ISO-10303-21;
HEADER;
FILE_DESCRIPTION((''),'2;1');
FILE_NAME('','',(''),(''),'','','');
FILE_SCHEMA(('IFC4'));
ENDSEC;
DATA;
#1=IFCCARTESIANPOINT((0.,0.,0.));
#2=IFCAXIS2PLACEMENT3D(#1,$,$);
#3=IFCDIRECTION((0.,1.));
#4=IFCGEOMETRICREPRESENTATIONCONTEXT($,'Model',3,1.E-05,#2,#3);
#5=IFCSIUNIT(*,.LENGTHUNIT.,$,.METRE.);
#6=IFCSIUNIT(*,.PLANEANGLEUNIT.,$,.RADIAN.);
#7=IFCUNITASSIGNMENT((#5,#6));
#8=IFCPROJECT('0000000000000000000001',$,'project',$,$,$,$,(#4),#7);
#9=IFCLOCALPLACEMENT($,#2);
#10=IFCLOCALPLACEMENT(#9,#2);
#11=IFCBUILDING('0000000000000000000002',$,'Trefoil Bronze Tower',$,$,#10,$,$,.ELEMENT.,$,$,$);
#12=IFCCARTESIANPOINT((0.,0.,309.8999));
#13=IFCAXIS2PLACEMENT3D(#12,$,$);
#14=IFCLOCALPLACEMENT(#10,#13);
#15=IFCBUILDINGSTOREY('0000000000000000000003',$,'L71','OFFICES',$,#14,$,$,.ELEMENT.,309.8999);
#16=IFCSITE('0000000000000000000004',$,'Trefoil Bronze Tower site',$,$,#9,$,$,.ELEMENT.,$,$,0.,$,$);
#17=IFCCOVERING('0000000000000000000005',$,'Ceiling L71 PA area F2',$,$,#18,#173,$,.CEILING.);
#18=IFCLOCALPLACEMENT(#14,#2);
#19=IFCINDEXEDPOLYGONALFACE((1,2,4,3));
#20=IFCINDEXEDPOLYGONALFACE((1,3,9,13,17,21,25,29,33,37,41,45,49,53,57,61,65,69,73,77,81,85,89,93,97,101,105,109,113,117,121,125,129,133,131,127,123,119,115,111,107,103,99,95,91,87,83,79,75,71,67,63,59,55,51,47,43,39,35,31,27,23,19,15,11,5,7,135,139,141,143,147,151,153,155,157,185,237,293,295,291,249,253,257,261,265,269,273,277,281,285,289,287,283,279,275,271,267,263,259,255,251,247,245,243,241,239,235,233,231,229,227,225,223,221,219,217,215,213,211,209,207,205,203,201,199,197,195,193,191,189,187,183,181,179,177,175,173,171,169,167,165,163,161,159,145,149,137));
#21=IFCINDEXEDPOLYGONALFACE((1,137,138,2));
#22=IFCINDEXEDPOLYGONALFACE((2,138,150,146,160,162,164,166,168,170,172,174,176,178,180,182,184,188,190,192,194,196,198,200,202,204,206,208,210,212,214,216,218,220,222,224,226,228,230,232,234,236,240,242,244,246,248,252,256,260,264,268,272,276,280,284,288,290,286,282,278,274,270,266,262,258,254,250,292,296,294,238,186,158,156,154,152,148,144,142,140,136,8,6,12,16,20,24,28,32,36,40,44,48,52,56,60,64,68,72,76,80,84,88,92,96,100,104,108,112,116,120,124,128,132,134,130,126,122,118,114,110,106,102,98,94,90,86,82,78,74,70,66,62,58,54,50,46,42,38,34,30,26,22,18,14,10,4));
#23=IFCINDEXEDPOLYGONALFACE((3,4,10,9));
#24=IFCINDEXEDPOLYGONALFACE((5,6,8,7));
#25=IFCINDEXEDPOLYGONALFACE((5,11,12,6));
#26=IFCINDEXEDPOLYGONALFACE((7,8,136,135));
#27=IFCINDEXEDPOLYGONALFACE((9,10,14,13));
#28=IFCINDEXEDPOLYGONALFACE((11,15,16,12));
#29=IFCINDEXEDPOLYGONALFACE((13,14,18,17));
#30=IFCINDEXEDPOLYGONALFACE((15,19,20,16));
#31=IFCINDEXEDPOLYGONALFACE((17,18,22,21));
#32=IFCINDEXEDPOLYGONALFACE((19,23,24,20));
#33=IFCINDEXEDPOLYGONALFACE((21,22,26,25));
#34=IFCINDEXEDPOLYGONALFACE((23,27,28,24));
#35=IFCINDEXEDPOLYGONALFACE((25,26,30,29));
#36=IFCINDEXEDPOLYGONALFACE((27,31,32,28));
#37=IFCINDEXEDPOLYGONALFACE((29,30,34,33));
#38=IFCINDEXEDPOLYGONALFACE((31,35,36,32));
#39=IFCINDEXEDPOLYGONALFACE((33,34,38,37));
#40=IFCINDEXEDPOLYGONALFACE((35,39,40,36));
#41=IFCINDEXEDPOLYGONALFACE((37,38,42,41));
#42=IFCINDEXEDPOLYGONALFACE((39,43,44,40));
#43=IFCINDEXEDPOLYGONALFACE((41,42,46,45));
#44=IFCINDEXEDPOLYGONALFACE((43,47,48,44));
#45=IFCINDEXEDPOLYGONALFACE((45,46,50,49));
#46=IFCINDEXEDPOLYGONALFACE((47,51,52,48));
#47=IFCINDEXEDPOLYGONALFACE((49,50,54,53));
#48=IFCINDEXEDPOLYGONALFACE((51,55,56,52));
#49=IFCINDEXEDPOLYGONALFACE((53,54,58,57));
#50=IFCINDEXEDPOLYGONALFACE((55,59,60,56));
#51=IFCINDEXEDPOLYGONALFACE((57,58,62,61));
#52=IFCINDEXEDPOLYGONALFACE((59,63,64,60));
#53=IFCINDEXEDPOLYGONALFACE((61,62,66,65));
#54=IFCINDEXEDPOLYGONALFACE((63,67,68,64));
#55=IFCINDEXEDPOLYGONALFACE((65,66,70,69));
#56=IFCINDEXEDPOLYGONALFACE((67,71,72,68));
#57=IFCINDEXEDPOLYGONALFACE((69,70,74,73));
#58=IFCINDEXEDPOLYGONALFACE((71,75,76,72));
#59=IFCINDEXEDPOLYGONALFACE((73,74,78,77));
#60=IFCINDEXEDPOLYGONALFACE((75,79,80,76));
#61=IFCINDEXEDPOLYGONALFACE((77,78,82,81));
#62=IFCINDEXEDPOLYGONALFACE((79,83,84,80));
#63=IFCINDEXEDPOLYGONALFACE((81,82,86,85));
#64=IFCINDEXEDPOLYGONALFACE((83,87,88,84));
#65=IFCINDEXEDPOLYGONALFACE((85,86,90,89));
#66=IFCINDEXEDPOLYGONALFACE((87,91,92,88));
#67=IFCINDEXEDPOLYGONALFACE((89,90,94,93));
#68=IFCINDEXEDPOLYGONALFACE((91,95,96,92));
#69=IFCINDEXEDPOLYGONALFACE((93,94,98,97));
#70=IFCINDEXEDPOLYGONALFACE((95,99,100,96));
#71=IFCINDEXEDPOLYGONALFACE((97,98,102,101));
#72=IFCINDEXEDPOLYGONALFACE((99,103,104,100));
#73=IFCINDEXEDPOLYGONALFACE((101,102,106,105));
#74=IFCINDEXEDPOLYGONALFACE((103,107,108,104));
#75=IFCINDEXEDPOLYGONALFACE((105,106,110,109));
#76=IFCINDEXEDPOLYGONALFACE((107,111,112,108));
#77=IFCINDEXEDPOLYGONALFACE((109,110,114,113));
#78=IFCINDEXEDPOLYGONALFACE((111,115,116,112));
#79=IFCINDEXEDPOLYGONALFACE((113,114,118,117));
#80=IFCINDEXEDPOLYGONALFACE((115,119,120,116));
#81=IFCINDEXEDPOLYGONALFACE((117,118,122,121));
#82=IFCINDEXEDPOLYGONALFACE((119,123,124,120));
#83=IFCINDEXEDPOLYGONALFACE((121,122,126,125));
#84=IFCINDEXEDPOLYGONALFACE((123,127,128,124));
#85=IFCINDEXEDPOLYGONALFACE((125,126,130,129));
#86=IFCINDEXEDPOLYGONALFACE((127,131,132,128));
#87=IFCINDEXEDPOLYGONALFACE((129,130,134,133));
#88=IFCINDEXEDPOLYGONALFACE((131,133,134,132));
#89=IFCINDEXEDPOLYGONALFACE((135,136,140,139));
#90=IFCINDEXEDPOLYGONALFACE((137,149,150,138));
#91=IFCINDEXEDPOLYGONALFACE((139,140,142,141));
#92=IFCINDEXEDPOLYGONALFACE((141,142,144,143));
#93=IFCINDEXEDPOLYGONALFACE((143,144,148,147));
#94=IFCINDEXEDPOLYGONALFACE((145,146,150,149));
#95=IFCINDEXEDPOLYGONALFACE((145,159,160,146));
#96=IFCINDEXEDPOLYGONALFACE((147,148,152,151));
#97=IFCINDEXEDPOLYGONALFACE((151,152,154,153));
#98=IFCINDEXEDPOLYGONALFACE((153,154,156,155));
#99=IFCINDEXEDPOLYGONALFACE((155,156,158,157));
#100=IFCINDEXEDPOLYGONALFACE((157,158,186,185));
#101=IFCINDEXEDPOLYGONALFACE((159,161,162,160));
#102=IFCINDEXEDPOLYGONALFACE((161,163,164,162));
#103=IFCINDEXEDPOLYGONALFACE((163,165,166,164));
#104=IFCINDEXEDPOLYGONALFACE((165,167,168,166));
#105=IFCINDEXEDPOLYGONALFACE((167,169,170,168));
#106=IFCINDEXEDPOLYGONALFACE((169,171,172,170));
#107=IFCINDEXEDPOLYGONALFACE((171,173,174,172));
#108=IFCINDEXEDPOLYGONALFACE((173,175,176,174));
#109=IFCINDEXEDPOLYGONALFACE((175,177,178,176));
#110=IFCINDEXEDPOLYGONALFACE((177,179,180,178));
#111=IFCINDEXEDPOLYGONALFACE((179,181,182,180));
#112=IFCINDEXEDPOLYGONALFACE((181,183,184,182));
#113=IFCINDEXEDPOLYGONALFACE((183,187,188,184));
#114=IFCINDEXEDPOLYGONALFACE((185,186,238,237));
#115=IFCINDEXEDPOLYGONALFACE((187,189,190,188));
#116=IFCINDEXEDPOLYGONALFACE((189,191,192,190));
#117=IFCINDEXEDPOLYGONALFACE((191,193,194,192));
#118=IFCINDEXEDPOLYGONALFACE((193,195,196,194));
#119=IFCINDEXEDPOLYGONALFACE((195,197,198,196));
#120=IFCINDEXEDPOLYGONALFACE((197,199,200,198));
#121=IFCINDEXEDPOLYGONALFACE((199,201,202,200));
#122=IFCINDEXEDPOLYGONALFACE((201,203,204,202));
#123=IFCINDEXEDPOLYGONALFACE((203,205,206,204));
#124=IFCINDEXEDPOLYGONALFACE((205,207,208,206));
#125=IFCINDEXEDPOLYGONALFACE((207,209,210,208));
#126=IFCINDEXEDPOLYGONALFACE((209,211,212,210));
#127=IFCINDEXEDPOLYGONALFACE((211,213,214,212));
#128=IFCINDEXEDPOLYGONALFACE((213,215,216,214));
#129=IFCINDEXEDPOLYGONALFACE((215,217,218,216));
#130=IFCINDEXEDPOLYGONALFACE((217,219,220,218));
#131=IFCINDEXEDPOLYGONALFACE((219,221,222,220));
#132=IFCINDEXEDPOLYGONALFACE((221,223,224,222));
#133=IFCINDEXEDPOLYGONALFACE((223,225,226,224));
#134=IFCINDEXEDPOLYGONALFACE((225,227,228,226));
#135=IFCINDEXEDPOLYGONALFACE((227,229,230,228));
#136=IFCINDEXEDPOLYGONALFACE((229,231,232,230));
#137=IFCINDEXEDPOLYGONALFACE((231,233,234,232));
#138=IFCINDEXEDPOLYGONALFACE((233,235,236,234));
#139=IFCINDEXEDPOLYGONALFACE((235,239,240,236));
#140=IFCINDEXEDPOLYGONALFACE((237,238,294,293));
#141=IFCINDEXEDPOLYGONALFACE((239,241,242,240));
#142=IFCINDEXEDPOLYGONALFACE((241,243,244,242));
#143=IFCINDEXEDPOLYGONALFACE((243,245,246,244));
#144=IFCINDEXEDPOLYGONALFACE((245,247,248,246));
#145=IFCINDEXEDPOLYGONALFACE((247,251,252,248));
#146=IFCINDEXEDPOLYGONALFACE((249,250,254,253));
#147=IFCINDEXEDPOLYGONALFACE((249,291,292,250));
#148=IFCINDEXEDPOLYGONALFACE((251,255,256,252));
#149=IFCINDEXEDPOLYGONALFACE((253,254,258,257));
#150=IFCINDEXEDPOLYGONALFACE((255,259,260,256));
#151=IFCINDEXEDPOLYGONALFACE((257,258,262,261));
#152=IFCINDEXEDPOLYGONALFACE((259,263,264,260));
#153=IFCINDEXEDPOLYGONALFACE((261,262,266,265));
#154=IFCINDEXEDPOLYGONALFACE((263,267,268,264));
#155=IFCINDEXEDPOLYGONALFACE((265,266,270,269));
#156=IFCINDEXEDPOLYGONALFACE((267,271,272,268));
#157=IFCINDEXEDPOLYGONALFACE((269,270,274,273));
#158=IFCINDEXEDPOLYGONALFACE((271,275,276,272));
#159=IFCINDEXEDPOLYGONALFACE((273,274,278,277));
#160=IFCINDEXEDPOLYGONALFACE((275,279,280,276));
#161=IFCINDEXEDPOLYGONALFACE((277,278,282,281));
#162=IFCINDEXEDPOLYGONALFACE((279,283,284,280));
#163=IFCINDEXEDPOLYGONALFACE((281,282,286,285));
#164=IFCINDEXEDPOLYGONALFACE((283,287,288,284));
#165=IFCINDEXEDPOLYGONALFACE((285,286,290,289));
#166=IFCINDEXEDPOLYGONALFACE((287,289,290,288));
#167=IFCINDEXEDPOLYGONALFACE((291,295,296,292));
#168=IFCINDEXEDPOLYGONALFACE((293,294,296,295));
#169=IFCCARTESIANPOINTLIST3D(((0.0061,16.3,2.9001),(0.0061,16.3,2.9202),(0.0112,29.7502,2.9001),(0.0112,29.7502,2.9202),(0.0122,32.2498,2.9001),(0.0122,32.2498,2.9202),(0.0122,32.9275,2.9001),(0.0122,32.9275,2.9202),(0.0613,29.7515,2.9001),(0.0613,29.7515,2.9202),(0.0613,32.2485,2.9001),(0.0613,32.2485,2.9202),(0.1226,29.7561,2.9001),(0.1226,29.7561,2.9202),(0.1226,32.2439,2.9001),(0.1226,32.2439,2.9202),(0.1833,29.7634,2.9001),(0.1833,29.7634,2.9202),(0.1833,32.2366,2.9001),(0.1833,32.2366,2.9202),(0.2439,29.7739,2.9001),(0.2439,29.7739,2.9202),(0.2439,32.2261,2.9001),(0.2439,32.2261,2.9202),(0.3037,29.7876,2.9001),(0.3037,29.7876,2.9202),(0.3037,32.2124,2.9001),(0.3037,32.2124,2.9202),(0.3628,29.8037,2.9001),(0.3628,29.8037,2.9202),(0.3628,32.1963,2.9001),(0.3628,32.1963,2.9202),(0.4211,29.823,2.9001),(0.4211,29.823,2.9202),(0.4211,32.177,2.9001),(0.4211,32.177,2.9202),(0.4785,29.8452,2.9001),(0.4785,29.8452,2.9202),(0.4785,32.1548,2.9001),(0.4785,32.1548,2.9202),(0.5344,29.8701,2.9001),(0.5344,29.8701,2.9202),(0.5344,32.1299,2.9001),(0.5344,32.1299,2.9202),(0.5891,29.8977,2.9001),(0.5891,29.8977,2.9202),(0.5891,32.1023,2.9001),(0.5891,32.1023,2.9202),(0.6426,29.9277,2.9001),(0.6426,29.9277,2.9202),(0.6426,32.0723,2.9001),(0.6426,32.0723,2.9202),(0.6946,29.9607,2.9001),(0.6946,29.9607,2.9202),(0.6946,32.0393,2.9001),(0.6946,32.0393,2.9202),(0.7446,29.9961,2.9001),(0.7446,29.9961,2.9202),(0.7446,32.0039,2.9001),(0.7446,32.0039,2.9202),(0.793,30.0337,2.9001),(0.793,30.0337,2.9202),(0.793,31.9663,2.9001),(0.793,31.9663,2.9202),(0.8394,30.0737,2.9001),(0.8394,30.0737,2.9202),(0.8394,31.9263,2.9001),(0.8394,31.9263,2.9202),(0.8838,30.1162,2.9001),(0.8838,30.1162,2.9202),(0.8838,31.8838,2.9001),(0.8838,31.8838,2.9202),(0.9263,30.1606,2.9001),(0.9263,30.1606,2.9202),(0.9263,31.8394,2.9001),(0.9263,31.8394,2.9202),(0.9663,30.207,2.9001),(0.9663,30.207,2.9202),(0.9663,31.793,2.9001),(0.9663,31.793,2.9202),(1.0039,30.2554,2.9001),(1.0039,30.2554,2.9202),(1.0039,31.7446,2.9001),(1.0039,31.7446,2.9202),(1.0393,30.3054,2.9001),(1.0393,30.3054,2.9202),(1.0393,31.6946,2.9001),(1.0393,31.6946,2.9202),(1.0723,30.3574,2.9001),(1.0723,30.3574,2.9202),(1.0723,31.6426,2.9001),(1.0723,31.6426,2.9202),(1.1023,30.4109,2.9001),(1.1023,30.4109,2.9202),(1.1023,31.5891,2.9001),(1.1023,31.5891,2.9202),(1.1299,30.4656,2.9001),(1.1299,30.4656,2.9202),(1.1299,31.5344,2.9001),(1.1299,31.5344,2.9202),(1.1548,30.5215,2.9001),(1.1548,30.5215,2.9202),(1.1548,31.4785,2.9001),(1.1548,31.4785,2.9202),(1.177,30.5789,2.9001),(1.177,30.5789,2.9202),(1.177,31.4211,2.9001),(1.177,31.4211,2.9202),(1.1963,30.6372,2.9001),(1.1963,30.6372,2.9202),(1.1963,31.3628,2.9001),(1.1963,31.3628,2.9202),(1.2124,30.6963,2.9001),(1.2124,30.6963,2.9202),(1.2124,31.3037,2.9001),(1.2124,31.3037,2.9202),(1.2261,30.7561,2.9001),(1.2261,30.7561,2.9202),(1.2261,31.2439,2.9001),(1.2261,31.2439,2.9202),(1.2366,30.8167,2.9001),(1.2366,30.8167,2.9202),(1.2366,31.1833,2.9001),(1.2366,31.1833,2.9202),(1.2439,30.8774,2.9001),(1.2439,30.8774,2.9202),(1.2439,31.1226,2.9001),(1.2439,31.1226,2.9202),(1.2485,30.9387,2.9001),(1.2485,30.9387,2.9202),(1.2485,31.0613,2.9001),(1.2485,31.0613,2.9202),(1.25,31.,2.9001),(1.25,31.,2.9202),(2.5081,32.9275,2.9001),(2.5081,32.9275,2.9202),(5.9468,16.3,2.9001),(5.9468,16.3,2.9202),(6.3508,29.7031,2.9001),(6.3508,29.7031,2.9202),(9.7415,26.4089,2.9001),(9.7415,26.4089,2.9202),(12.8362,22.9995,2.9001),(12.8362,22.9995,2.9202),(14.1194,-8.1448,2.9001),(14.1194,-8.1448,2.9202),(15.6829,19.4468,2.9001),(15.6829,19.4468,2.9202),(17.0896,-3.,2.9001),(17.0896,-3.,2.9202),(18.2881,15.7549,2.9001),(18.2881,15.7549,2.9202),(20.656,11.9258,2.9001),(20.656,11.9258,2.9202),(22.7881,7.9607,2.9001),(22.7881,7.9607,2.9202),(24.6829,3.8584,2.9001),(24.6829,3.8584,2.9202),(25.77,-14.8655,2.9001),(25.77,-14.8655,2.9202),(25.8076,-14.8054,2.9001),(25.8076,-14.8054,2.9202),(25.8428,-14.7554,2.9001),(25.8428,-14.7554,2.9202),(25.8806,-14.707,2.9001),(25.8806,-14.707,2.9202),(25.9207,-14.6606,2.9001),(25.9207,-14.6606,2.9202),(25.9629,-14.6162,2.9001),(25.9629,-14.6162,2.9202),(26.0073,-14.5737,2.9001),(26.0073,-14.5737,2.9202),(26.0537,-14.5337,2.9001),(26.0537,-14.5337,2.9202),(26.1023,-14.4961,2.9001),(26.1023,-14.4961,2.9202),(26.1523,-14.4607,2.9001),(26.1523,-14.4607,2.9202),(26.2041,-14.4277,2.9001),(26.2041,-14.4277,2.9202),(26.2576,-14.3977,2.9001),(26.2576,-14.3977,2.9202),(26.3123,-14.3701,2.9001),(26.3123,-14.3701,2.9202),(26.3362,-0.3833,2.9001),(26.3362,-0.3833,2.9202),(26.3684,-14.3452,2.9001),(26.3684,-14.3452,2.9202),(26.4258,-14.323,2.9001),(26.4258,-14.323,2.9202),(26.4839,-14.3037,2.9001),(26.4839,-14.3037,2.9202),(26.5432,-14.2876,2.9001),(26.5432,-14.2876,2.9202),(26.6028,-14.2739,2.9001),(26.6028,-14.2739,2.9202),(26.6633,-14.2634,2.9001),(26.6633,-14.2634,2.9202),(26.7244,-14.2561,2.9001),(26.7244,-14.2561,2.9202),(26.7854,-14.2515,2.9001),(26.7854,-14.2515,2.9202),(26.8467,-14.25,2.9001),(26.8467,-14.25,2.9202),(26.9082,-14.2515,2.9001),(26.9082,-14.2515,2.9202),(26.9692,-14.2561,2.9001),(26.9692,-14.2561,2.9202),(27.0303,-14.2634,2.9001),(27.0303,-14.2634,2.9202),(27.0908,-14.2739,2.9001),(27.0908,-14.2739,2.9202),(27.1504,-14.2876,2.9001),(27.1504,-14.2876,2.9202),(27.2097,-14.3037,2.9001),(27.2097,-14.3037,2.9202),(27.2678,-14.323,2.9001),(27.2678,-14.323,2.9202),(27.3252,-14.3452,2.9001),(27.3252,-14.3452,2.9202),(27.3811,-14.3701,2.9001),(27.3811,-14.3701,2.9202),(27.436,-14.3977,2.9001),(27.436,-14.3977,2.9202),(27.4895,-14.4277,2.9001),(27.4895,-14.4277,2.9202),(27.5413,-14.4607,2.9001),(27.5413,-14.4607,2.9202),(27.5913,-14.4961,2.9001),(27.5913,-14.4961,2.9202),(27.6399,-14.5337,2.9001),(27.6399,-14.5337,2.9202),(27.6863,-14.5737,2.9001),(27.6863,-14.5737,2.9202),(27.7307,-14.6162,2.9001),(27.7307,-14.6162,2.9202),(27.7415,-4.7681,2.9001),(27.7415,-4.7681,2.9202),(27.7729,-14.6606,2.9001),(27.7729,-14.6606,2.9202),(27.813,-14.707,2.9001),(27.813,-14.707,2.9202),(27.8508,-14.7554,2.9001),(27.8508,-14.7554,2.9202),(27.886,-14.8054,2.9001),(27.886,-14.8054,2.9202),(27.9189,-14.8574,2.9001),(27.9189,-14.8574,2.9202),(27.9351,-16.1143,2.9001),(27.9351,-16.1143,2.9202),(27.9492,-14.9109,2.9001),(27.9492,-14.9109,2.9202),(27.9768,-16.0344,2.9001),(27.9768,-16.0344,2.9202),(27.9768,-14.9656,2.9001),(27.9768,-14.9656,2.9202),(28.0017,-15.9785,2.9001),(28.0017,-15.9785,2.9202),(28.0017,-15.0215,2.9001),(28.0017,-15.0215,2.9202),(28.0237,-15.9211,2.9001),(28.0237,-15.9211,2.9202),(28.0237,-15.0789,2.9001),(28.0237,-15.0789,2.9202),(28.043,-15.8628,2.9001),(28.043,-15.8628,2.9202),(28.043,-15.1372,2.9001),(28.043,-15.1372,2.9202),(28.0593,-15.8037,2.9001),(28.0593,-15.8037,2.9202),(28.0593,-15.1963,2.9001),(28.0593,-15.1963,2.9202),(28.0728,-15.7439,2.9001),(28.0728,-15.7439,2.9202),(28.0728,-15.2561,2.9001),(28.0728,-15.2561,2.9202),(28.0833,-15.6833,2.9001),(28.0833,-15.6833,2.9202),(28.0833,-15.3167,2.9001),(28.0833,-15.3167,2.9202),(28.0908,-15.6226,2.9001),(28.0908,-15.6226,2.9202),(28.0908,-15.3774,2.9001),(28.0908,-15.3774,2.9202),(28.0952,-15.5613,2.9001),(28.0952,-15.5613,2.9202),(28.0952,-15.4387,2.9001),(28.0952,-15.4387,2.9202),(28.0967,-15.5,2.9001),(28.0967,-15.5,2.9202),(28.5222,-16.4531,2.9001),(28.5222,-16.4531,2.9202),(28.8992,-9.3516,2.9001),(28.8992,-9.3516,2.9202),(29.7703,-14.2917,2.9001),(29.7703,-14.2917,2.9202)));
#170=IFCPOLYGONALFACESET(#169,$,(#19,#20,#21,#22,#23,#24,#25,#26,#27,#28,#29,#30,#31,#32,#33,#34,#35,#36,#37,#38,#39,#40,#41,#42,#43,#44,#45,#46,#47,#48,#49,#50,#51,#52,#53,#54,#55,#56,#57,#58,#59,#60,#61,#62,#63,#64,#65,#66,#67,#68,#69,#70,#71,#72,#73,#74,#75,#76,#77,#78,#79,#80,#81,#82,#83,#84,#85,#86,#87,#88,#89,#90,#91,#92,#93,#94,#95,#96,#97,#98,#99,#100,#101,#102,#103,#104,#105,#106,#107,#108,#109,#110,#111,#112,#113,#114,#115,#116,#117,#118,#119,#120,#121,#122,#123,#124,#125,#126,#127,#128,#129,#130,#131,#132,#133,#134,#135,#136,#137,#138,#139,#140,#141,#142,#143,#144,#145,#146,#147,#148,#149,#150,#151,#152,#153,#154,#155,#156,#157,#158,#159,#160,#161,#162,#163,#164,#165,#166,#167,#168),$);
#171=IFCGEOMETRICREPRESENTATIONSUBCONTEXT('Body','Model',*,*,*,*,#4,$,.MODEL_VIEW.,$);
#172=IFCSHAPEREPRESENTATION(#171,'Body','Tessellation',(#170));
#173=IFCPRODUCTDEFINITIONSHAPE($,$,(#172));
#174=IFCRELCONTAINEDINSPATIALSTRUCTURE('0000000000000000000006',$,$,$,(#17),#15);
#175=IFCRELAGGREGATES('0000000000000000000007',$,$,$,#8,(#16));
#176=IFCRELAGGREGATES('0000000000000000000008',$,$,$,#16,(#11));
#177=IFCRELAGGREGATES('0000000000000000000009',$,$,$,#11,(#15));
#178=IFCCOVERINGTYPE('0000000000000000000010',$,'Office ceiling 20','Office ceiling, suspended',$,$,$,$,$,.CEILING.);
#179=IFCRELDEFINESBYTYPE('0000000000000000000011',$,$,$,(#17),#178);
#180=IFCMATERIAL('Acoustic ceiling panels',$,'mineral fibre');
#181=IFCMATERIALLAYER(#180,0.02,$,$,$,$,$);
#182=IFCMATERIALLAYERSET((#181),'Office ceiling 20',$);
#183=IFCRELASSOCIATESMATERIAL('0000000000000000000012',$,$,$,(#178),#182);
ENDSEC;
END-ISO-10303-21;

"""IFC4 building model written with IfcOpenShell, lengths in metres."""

from ifc_helpers import new_model, si_unit, direction, frame, origin, place, context, subcontext, project, spatial, polyline, outline, extrude, material, layer, layer_set, type_object, element, save


model = new_model("IFC4")

# Units and contexts
model_context = context("Model", 3, precision=1e-05, world=origin(), true_north=direction((0.0, 1.0)))
body_context = subcontext(model_context, "Body", "Model", "MODEL_VIEW")
ifc_project = project(units=[si_unit("LENGTHUNIT", "METRE"), si_unit("PLANEANGLEUNIT", "RADIAN")], contexts=[model_context])

# Site, building, storey
site_placement = place(None, origin())
site = spatial("IfcSite", under=ifc_project, at=site_placement, Name="Trefoil Bronze Tower site", CompositionType="ELEMENT", RefElevation=0.0)
building_placement = place(site_placement, origin())
building = spatial("IfcBuilding", under=site, at=building_placement, Name="Trefoil Bronze Tower", CompositionType="ELEMENT")
storey_placement = place(building_placement, frame((0.0, 0.0, 309.8999)))
storey = spatial("IfcBuildingStorey", under=building, at=storey_placement, Name="L71", Description="OFFICES", CompositionType="ELEMENT", Elevation=309.8999)

# Covering
ifc_material_1 = material(Name="Acoustic ceiling panels", Category="mineral fibre")
ifc_layer_1 = layer(ifc_material_1, 0.02)
ifc_layer_set_1 = layer_set([ifc_layer_1], Name="Office ceiling 20")
covering_type_1 = type_object("IfcCoveringType", Name="Office ceiling 20", Description="Office ceiling, suspended", PredefinedType="CEILING", material=ifc_layer_set_1)
covering_1_placement = place(storey_placement, frame((0.0, 0.0, 2.9001)))
element("IfcCovering", 1, at=covering_1_placement, inside=storey, type_object=covering_type_1, Name="Ceiling L71 PA area F2", PredefinedType="CEILING", context=body_context, shape_type="SweptSolid", body=[
    extrude(outline(polyline([(9.7415, 26.4089), (12.8362, 22.9995), (15.6829, 19.4468), (18.2881, 15.7549), (20.656, 11.9258), (22.7881, 7.9607), (24.6829, 3.8584), (26.3362, -0.3833), (27.7415, -4.7681), (28.8992, -9.3516), (29.7703, -14.2917), (28.5222, -16.4531), (27.9351, -16.1143), (27.9768, -16.0344), (28.0017, -15.9785), (28.0237, -15.9211), (28.043, -15.8628), (28.0593, -15.8037), (28.0728, -15.7439), (28.0833, -15.6833), (28.0908, -15.6226), (28.0952, -15.5613), (28.0967, -15.5), (28.0952, -15.4387), (28.0908, -15.3774), (28.0833, -15.3167), (28.0728, -15.2561), (28.0593, -15.1963), (28.043, -15.1372), (28.0237, -15.0789), (28.0017, -15.0215), (27.9768, -14.9656), (27.9492, -14.9109), (27.9189, -14.8574), (27.886, -14.8054), (27.8508, -14.7554), (27.813, -14.707), (27.7729, -14.6606), (27.7307, -14.6162), (27.6863, -14.5737), (27.6399, -14.5337), (27.5913, -14.4961), (27.5413, -14.4607), (27.4895, -14.4277), (27.436, -14.3977), (27.3811, -14.3701), (27.3252, -14.3452), (27.2678, -14.323), (27.2097, -14.3037), (27.1504, -14.2876), (27.0908, -14.2739), (27.0303, -14.2634), (26.9692, -14.2561), (26.9082, -14.2515), (26.8467, -14.25), (26.7854, -14.2515), (26.7244, -14.2561), (26.6633, -14.2634), (26.6028, -14.2739), (26.5432, -14.2876), (26.4839, -14.3037), (26.4258, -14.323), (26.3684, -14.3452), (26.3123, -14.3701), (26.2576, -14.3977), (26.2041, -14.4277), (26.1523, -14.4607), (26.1023, -14.4961), (26.0537, -14.5337), (26.0073, -14.5737), (25.9629, -14.6162), (25.9207, -14.6606), (25.8806, -14.707), (25.8428, -14.7554), (25.8076, -14.8054), (25.77, -14.8655), (14.1194, -8.1448), (17.0896, -3.0), (5.9468, 16.3), (0.0061, 16.3), (0.0112, 29.7502), (0.0613, 29.7515), (0.1226, 29.7561), (0.1833, 29.7634), (0.2439, 29.7739), (0.3037, 29.7876), (0.3628, 29.8037), (0.4211, 29.823), (0.4785, 29.8452), (0.5344, 29.8701), (0.5891, 29.8977), (0.6426, 29.9277), (0.6946, 29.9607), (0.7446, 29.9961), (0.793, 30.0337), (0.8394, 30.0737), (0.8838, 30.1162), (0.9263, 30.1606), (0.9663, 30.207), (1.0039, 30.2554), (1.0393, 30.3054), (1.0723, 30.3574), (1.1023, 30.4109), (1.1299, 30.4656), (1.1548, 30.5215), (1.177, 30.5789), (1.1963, 30.6372), (1.2124, 30.6963), (1.2261, 30.7561), (1.2366, 30.8167), (1.2439, 30.8774), (1.2485, 30.9387), (1.25, 31.0), (1.2485, 31.0613), (1.2439, 31.1226), (1.2366, 31.1833), (1.2261, 31.2439), (1.2124, 31.3037), (1.1963, 31.3628), (1.177, 31.4211), (1.1548, 31.4785), (1.1299, 31.5344), (1.1023, 31.5891), (1.0723, 31.6426), (1.0393, 31.6946), (1.0039, 31.7446), (0.9663, 31.793), (0.9263, 31.8394), (0.8838, 31.8838), (0.8394, 31.9263), (0.793, 31.9663), (0.7446, 32.0039), (0.6946, 32.0393), (0.6426, 32.0723), (0.5891, 32.1023), (0.5344, 32.1299), (0.4785, 32.1548), (0.4211, 32.177), (0.3628, 32.1963), (0.3037, 32.2124), (0.2439, 32.2261), (0.1833, 32.2366), (0.1226, 32.2439), (0.0613, 32.2485), (0.0122, 32.2498), (0.0122, 32.9275), (2.5081, 32.9275), (6.3508, 29.7031), (9.7415, 26.4089)])), origin(), (0.0, 0.0, 1.0), 0.02),
])

save(model, "model.ifc")
